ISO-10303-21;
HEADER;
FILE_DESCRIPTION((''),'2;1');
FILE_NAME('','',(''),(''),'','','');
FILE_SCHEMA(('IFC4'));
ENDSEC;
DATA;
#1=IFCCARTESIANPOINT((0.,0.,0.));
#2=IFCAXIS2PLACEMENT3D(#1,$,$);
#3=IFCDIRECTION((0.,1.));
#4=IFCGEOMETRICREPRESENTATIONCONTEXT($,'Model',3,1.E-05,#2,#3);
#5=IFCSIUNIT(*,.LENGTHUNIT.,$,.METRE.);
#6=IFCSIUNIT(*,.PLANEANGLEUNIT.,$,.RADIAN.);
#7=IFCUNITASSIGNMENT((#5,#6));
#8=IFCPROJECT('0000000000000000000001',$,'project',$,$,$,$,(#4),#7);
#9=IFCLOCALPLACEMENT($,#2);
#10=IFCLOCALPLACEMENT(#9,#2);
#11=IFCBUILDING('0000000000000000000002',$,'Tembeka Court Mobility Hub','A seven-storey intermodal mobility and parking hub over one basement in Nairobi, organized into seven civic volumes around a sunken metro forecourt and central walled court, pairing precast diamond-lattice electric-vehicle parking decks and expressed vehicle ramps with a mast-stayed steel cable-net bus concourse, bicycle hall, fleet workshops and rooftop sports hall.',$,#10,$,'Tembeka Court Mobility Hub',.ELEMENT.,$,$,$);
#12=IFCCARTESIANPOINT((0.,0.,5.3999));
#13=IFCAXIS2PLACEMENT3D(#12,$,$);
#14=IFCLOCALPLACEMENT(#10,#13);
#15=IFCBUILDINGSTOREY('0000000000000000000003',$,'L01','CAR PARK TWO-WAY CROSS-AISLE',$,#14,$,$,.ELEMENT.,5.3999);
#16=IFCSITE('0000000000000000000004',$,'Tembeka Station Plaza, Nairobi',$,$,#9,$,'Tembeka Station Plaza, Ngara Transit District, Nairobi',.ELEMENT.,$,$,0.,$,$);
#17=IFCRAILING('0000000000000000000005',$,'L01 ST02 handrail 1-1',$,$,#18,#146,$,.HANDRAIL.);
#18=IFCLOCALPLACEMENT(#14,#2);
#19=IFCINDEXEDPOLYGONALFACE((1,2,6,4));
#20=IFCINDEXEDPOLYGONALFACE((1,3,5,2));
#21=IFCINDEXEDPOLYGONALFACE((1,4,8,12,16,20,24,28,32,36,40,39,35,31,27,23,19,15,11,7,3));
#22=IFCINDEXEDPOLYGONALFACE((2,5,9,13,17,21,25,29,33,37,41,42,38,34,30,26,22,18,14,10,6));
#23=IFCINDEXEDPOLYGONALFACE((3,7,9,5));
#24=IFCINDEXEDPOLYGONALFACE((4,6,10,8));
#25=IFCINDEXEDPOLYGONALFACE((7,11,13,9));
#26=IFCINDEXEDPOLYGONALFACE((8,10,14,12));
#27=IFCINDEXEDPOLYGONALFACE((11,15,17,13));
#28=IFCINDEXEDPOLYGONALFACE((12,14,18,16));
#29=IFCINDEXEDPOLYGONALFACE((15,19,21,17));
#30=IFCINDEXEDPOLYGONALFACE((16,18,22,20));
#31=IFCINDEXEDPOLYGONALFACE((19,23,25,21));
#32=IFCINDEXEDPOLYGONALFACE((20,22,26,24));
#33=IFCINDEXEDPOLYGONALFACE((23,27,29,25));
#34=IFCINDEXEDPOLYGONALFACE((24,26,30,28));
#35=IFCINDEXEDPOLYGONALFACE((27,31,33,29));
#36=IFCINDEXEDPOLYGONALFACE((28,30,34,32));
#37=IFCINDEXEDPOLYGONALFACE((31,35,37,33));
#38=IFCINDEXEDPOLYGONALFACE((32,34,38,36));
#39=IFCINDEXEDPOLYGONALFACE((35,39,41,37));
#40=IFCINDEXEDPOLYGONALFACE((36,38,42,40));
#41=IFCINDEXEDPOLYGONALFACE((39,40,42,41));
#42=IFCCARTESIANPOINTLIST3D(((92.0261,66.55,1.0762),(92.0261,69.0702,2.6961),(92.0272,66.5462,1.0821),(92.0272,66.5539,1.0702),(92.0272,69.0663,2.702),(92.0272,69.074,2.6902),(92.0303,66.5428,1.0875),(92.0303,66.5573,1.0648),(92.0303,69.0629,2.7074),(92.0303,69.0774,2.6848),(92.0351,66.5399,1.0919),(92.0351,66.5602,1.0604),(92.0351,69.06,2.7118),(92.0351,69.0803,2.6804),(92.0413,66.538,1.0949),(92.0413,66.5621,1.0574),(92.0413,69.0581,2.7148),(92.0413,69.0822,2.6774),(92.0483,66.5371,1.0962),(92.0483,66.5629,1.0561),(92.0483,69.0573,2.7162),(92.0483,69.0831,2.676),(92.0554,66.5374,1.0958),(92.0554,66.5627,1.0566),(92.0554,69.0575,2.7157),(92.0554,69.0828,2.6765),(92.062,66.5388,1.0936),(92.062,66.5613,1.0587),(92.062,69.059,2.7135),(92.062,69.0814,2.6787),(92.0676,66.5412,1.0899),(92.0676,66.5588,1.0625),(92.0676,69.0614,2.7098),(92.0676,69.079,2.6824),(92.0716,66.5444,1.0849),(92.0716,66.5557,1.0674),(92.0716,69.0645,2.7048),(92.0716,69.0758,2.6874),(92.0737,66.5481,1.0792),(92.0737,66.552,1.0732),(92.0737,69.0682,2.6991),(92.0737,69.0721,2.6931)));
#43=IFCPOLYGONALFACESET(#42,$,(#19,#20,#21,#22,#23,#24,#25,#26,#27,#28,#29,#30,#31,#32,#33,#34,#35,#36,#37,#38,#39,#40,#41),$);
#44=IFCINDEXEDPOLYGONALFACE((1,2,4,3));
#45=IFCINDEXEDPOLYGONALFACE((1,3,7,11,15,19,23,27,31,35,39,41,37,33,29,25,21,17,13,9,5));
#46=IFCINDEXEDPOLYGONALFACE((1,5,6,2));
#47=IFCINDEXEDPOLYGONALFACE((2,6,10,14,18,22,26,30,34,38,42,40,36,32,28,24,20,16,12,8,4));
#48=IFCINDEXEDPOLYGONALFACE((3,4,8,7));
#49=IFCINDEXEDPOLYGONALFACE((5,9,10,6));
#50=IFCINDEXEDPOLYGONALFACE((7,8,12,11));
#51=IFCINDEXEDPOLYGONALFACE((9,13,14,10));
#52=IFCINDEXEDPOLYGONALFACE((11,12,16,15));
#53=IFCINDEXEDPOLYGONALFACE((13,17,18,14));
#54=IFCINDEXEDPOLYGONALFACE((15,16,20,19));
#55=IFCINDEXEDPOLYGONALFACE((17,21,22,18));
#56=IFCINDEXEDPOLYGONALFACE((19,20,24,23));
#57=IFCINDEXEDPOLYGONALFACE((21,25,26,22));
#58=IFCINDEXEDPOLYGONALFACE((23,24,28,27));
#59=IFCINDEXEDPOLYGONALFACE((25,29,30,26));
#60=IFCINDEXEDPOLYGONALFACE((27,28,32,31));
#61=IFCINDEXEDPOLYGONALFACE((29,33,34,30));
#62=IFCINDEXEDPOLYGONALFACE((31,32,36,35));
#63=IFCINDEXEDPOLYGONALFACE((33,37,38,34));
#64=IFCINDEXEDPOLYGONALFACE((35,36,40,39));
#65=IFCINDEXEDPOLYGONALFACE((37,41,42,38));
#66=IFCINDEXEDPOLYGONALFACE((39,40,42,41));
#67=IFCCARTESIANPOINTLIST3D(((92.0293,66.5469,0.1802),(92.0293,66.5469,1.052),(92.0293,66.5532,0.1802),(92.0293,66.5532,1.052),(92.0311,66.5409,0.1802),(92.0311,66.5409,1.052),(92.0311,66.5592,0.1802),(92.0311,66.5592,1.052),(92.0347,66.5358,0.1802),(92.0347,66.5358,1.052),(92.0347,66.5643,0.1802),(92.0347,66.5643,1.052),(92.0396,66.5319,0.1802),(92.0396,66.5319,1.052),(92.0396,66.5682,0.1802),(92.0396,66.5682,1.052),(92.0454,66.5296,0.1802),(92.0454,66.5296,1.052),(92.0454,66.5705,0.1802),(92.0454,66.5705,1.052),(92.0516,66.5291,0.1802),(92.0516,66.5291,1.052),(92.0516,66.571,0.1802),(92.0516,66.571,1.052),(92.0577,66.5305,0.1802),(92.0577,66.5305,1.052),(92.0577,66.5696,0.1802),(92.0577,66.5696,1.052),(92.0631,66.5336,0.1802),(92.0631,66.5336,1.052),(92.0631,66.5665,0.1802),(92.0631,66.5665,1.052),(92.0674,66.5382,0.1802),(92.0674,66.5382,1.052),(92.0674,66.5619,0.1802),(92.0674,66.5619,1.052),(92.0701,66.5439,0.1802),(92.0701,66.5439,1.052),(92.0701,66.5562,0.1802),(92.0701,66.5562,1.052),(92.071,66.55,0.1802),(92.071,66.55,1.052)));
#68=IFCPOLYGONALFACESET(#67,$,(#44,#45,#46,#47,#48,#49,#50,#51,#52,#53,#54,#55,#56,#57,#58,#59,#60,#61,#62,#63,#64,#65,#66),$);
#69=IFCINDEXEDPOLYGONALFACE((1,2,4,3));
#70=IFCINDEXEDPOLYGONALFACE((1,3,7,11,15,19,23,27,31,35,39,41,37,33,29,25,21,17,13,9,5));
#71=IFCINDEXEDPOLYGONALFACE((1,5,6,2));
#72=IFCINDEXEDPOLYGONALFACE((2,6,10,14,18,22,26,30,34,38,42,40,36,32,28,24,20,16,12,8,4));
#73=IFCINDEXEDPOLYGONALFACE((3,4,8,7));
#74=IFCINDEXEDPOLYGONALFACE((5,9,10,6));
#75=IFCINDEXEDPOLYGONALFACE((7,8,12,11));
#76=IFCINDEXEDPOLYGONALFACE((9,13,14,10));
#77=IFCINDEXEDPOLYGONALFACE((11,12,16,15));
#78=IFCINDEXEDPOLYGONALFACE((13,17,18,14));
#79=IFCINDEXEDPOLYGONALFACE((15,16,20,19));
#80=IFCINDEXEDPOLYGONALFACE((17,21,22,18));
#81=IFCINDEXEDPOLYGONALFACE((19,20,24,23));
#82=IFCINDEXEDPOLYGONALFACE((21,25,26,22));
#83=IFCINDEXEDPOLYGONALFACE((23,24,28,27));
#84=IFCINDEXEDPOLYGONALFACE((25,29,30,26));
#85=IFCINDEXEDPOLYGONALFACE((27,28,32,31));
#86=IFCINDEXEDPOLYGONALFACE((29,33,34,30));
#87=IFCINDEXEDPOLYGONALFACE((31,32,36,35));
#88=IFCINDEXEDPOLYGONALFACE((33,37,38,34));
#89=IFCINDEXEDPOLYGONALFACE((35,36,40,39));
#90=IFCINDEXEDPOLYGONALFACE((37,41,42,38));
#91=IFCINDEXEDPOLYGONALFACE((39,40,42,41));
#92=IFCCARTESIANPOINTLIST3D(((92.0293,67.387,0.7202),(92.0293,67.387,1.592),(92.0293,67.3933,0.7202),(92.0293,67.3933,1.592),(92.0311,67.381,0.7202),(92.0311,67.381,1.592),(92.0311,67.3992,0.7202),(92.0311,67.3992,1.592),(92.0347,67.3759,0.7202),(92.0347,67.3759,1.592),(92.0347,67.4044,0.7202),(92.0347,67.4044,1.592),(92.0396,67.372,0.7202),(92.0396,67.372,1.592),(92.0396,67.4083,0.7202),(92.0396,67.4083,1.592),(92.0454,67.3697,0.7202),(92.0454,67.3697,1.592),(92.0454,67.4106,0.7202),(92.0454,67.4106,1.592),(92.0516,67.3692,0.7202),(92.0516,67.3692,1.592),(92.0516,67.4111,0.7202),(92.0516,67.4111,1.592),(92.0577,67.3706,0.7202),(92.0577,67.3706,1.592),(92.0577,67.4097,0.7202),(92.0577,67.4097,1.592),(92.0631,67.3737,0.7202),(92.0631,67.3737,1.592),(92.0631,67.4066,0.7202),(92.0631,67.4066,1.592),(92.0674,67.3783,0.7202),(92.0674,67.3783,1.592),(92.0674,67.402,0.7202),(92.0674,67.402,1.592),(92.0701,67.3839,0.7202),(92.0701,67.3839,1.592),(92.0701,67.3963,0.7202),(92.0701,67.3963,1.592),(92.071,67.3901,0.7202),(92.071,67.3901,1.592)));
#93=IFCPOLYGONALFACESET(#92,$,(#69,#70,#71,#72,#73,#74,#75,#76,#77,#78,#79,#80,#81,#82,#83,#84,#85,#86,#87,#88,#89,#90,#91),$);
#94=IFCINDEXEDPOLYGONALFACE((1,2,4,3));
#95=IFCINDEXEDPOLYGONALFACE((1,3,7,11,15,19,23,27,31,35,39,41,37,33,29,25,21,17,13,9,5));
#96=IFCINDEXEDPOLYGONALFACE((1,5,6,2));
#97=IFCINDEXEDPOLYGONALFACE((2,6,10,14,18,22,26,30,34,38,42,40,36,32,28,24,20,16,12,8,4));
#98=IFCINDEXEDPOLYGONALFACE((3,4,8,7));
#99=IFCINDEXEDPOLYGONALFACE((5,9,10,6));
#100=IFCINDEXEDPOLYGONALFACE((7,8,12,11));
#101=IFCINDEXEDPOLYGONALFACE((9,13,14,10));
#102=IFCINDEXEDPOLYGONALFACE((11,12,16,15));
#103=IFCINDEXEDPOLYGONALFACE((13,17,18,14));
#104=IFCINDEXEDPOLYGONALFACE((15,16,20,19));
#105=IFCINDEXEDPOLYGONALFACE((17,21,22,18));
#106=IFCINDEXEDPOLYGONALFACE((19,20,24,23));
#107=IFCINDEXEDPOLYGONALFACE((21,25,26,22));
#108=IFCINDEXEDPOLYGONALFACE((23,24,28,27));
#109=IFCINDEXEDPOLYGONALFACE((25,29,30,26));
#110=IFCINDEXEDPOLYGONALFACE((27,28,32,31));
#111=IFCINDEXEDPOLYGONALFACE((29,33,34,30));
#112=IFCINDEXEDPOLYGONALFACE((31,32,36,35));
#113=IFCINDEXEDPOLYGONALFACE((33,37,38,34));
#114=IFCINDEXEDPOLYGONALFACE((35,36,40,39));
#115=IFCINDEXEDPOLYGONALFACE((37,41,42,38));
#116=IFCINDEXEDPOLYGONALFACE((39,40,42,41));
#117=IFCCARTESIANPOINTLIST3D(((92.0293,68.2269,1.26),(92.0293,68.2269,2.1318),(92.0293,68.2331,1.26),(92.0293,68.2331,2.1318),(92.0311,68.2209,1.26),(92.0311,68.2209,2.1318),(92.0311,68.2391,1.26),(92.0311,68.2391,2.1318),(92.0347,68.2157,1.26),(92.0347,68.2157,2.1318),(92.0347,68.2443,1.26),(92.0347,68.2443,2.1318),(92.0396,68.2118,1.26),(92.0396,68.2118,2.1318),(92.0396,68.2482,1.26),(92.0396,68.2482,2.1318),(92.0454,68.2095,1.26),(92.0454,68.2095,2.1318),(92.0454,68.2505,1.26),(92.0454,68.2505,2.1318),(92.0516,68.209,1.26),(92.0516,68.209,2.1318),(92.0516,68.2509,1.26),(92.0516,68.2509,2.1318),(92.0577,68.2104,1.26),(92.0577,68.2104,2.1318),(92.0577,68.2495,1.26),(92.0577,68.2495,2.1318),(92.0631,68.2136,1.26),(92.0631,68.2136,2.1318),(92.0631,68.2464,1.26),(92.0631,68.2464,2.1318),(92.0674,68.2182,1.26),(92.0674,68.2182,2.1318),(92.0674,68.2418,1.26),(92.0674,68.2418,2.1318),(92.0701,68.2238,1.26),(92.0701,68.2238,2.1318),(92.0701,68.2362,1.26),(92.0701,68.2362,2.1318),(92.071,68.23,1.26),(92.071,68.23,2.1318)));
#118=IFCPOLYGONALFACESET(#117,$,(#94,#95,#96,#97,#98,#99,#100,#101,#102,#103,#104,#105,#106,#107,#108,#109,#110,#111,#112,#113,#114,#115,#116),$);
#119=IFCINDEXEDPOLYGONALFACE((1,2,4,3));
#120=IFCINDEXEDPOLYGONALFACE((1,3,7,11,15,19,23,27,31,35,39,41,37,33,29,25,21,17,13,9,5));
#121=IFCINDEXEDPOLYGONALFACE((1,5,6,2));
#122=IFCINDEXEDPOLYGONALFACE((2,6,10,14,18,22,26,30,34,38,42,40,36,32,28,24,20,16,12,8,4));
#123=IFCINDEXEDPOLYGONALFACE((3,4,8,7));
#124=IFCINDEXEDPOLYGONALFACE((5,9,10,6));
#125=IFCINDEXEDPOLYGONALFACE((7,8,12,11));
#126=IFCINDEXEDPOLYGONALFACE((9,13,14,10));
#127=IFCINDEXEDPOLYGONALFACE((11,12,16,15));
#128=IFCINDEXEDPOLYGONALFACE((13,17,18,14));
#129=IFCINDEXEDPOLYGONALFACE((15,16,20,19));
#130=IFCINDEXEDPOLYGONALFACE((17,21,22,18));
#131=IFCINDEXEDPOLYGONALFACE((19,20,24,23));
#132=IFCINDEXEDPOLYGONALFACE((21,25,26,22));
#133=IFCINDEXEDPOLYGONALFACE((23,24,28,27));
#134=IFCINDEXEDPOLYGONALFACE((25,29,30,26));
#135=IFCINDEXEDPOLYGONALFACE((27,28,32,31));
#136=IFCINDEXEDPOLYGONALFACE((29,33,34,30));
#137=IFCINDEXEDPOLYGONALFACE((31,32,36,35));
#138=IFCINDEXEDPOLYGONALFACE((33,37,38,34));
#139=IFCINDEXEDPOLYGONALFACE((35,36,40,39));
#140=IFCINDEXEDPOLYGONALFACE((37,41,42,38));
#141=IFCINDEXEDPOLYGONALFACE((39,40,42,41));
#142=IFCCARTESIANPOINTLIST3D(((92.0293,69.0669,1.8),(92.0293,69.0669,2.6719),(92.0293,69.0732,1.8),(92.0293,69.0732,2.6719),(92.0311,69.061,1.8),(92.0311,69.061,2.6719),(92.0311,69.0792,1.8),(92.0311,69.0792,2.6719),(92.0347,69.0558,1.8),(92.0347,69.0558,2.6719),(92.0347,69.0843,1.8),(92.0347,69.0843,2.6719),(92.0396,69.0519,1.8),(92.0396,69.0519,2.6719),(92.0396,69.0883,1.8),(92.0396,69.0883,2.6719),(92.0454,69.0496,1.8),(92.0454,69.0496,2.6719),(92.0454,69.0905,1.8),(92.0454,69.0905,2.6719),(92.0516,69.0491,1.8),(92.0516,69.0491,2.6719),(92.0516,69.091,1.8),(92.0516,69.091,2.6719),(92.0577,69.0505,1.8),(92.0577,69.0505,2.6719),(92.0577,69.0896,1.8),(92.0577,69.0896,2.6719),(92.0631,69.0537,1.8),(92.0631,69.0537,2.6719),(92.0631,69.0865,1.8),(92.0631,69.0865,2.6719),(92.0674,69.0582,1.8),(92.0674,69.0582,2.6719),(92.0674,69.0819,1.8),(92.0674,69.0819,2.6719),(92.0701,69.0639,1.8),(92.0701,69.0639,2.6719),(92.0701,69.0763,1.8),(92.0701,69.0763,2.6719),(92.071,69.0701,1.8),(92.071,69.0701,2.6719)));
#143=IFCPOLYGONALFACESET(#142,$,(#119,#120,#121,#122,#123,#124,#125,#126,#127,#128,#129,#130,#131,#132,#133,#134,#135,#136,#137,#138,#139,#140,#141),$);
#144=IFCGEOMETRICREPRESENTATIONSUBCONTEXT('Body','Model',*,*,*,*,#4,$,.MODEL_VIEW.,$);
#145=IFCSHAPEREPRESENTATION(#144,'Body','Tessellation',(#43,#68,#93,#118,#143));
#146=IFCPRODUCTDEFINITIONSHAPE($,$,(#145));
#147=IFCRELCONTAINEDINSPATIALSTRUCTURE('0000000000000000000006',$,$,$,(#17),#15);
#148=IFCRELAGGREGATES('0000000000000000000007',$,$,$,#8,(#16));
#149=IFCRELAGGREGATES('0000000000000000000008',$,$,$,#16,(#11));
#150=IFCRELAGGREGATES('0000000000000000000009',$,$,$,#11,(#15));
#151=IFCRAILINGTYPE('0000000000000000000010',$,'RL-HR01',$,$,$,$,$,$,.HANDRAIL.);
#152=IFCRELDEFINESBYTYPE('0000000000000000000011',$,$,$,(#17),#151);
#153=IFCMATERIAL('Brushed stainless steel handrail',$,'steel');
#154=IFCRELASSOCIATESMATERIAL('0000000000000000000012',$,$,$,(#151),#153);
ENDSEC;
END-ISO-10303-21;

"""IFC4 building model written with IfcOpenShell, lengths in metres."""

from ifc_helpers import new_model, si_unit, direction, frame, origin, origin_2d, place, context, subcontext, project, spatial, circle, extrude, material, type_object, element, save


model = new_model("IFC4")

# Units and contexts
model_context = context("Model", 3, precision=1e-05, world=origin(), true_north=direction((0.0, 1.0)))
body_context = subcontext(model_context, "Body", "Model", "MODEL_VIEW")
ifc_project = project(units=[si_unit("LENGTHUNIT", "METRE"), si_unit("PLANEANGLEUNIT", "RADIAN")], contexts=[model_context])

# Site, building, storey
site_placement = place(None, origin())
site = spatial("IfcSite", under=ifc_project, at=site_placement, Name="Tembeka Station Plaza, Nairobi", LongName="Tembeka Station Plaza, Ngara Transit District, Nairobi", CompositionType="ELEMENT", RefElevation=0.0)
building_placement = place(site_placement, origin())
building = spatial("IfcBuilding", under=site, at=building_placement, Name="Tembeka Court Mobility Hub", Description="A seven-storey intermodal mobility and parking hub over one basement in Nairobi, organized into seven civic volumes around a sunken metro forecourt and central walled court, pairing precast diamond-lattice electric-vehicle parking decks and expressed vehicle ramps with a mast-stayed steel cable-net bus concourse, bicycle hall, fleet workshops and rooftop sports hall.", LongName="Tembeka Court Mobility Hub", CompositionType="ELEMENT")
storey_placement = place(building_placement, frame((0.0, 0.0, 5.3999)))
storey = spatial("IfcBuildingStorey", under=building, at=storey_placement, Name="L01", Description="CAR PARK TWO-WAY CROSS-AISLE", CompositionType="ELEMENT", Elevation=5.3999)

# Railing
ifc_material_1 = material(Name="Brushed stainless steel handrail", Category="steel")
railing_type_1 = type_object("IfcRailingType", Name="RL-HR01", PredefinedType="HANDRAIL", material=ifc_material_1)
railing_1_placement = place(storey_placement, frame((92.05, 66.55, 0.1802)))
element("IfcRailing", 1, at=railing_1_placement, inside=storey, type_object=railing_type_1, Name="L01 ST02 handrail 1-1", PredefinedType="HANDRAIL", context=body_context, shape_type="SweptSolid", body=[
    extrude(circle(Radius=0.0239, at=origin_2d()), frame((0.0, 0.0, 0.896), z_axis=(0.0, 0.8412, 0.540725), x_axis=(-1.0, 0.0, 0.0)), (0.0, 0.0, 1.0), 2.9958),
    extrude(circle(Radius=0.021, at=origin_2d()), origin(), (0.0, 0.0, 1.0), 0.8718),
    extrude(circle(Radius=0.021, at=origin_2d()), frame((0.0, 0.8401, 0.54)), (0.0, 0.0, 1.0), 0.8718),
    extrude(circle(Radius=0.021, at=origin_2d()), frame((0.0, 1.6799, 1.0798)), (0.0, 0.0, 1.0), 0.8718),
    extrude(circle(Radius=0.021, at=origin_2d()), frame((0.0, 2.52, 1.6199)), (0.0, 0.0, 1.0), 0.8718),
])

save(model, "model.ifc")
